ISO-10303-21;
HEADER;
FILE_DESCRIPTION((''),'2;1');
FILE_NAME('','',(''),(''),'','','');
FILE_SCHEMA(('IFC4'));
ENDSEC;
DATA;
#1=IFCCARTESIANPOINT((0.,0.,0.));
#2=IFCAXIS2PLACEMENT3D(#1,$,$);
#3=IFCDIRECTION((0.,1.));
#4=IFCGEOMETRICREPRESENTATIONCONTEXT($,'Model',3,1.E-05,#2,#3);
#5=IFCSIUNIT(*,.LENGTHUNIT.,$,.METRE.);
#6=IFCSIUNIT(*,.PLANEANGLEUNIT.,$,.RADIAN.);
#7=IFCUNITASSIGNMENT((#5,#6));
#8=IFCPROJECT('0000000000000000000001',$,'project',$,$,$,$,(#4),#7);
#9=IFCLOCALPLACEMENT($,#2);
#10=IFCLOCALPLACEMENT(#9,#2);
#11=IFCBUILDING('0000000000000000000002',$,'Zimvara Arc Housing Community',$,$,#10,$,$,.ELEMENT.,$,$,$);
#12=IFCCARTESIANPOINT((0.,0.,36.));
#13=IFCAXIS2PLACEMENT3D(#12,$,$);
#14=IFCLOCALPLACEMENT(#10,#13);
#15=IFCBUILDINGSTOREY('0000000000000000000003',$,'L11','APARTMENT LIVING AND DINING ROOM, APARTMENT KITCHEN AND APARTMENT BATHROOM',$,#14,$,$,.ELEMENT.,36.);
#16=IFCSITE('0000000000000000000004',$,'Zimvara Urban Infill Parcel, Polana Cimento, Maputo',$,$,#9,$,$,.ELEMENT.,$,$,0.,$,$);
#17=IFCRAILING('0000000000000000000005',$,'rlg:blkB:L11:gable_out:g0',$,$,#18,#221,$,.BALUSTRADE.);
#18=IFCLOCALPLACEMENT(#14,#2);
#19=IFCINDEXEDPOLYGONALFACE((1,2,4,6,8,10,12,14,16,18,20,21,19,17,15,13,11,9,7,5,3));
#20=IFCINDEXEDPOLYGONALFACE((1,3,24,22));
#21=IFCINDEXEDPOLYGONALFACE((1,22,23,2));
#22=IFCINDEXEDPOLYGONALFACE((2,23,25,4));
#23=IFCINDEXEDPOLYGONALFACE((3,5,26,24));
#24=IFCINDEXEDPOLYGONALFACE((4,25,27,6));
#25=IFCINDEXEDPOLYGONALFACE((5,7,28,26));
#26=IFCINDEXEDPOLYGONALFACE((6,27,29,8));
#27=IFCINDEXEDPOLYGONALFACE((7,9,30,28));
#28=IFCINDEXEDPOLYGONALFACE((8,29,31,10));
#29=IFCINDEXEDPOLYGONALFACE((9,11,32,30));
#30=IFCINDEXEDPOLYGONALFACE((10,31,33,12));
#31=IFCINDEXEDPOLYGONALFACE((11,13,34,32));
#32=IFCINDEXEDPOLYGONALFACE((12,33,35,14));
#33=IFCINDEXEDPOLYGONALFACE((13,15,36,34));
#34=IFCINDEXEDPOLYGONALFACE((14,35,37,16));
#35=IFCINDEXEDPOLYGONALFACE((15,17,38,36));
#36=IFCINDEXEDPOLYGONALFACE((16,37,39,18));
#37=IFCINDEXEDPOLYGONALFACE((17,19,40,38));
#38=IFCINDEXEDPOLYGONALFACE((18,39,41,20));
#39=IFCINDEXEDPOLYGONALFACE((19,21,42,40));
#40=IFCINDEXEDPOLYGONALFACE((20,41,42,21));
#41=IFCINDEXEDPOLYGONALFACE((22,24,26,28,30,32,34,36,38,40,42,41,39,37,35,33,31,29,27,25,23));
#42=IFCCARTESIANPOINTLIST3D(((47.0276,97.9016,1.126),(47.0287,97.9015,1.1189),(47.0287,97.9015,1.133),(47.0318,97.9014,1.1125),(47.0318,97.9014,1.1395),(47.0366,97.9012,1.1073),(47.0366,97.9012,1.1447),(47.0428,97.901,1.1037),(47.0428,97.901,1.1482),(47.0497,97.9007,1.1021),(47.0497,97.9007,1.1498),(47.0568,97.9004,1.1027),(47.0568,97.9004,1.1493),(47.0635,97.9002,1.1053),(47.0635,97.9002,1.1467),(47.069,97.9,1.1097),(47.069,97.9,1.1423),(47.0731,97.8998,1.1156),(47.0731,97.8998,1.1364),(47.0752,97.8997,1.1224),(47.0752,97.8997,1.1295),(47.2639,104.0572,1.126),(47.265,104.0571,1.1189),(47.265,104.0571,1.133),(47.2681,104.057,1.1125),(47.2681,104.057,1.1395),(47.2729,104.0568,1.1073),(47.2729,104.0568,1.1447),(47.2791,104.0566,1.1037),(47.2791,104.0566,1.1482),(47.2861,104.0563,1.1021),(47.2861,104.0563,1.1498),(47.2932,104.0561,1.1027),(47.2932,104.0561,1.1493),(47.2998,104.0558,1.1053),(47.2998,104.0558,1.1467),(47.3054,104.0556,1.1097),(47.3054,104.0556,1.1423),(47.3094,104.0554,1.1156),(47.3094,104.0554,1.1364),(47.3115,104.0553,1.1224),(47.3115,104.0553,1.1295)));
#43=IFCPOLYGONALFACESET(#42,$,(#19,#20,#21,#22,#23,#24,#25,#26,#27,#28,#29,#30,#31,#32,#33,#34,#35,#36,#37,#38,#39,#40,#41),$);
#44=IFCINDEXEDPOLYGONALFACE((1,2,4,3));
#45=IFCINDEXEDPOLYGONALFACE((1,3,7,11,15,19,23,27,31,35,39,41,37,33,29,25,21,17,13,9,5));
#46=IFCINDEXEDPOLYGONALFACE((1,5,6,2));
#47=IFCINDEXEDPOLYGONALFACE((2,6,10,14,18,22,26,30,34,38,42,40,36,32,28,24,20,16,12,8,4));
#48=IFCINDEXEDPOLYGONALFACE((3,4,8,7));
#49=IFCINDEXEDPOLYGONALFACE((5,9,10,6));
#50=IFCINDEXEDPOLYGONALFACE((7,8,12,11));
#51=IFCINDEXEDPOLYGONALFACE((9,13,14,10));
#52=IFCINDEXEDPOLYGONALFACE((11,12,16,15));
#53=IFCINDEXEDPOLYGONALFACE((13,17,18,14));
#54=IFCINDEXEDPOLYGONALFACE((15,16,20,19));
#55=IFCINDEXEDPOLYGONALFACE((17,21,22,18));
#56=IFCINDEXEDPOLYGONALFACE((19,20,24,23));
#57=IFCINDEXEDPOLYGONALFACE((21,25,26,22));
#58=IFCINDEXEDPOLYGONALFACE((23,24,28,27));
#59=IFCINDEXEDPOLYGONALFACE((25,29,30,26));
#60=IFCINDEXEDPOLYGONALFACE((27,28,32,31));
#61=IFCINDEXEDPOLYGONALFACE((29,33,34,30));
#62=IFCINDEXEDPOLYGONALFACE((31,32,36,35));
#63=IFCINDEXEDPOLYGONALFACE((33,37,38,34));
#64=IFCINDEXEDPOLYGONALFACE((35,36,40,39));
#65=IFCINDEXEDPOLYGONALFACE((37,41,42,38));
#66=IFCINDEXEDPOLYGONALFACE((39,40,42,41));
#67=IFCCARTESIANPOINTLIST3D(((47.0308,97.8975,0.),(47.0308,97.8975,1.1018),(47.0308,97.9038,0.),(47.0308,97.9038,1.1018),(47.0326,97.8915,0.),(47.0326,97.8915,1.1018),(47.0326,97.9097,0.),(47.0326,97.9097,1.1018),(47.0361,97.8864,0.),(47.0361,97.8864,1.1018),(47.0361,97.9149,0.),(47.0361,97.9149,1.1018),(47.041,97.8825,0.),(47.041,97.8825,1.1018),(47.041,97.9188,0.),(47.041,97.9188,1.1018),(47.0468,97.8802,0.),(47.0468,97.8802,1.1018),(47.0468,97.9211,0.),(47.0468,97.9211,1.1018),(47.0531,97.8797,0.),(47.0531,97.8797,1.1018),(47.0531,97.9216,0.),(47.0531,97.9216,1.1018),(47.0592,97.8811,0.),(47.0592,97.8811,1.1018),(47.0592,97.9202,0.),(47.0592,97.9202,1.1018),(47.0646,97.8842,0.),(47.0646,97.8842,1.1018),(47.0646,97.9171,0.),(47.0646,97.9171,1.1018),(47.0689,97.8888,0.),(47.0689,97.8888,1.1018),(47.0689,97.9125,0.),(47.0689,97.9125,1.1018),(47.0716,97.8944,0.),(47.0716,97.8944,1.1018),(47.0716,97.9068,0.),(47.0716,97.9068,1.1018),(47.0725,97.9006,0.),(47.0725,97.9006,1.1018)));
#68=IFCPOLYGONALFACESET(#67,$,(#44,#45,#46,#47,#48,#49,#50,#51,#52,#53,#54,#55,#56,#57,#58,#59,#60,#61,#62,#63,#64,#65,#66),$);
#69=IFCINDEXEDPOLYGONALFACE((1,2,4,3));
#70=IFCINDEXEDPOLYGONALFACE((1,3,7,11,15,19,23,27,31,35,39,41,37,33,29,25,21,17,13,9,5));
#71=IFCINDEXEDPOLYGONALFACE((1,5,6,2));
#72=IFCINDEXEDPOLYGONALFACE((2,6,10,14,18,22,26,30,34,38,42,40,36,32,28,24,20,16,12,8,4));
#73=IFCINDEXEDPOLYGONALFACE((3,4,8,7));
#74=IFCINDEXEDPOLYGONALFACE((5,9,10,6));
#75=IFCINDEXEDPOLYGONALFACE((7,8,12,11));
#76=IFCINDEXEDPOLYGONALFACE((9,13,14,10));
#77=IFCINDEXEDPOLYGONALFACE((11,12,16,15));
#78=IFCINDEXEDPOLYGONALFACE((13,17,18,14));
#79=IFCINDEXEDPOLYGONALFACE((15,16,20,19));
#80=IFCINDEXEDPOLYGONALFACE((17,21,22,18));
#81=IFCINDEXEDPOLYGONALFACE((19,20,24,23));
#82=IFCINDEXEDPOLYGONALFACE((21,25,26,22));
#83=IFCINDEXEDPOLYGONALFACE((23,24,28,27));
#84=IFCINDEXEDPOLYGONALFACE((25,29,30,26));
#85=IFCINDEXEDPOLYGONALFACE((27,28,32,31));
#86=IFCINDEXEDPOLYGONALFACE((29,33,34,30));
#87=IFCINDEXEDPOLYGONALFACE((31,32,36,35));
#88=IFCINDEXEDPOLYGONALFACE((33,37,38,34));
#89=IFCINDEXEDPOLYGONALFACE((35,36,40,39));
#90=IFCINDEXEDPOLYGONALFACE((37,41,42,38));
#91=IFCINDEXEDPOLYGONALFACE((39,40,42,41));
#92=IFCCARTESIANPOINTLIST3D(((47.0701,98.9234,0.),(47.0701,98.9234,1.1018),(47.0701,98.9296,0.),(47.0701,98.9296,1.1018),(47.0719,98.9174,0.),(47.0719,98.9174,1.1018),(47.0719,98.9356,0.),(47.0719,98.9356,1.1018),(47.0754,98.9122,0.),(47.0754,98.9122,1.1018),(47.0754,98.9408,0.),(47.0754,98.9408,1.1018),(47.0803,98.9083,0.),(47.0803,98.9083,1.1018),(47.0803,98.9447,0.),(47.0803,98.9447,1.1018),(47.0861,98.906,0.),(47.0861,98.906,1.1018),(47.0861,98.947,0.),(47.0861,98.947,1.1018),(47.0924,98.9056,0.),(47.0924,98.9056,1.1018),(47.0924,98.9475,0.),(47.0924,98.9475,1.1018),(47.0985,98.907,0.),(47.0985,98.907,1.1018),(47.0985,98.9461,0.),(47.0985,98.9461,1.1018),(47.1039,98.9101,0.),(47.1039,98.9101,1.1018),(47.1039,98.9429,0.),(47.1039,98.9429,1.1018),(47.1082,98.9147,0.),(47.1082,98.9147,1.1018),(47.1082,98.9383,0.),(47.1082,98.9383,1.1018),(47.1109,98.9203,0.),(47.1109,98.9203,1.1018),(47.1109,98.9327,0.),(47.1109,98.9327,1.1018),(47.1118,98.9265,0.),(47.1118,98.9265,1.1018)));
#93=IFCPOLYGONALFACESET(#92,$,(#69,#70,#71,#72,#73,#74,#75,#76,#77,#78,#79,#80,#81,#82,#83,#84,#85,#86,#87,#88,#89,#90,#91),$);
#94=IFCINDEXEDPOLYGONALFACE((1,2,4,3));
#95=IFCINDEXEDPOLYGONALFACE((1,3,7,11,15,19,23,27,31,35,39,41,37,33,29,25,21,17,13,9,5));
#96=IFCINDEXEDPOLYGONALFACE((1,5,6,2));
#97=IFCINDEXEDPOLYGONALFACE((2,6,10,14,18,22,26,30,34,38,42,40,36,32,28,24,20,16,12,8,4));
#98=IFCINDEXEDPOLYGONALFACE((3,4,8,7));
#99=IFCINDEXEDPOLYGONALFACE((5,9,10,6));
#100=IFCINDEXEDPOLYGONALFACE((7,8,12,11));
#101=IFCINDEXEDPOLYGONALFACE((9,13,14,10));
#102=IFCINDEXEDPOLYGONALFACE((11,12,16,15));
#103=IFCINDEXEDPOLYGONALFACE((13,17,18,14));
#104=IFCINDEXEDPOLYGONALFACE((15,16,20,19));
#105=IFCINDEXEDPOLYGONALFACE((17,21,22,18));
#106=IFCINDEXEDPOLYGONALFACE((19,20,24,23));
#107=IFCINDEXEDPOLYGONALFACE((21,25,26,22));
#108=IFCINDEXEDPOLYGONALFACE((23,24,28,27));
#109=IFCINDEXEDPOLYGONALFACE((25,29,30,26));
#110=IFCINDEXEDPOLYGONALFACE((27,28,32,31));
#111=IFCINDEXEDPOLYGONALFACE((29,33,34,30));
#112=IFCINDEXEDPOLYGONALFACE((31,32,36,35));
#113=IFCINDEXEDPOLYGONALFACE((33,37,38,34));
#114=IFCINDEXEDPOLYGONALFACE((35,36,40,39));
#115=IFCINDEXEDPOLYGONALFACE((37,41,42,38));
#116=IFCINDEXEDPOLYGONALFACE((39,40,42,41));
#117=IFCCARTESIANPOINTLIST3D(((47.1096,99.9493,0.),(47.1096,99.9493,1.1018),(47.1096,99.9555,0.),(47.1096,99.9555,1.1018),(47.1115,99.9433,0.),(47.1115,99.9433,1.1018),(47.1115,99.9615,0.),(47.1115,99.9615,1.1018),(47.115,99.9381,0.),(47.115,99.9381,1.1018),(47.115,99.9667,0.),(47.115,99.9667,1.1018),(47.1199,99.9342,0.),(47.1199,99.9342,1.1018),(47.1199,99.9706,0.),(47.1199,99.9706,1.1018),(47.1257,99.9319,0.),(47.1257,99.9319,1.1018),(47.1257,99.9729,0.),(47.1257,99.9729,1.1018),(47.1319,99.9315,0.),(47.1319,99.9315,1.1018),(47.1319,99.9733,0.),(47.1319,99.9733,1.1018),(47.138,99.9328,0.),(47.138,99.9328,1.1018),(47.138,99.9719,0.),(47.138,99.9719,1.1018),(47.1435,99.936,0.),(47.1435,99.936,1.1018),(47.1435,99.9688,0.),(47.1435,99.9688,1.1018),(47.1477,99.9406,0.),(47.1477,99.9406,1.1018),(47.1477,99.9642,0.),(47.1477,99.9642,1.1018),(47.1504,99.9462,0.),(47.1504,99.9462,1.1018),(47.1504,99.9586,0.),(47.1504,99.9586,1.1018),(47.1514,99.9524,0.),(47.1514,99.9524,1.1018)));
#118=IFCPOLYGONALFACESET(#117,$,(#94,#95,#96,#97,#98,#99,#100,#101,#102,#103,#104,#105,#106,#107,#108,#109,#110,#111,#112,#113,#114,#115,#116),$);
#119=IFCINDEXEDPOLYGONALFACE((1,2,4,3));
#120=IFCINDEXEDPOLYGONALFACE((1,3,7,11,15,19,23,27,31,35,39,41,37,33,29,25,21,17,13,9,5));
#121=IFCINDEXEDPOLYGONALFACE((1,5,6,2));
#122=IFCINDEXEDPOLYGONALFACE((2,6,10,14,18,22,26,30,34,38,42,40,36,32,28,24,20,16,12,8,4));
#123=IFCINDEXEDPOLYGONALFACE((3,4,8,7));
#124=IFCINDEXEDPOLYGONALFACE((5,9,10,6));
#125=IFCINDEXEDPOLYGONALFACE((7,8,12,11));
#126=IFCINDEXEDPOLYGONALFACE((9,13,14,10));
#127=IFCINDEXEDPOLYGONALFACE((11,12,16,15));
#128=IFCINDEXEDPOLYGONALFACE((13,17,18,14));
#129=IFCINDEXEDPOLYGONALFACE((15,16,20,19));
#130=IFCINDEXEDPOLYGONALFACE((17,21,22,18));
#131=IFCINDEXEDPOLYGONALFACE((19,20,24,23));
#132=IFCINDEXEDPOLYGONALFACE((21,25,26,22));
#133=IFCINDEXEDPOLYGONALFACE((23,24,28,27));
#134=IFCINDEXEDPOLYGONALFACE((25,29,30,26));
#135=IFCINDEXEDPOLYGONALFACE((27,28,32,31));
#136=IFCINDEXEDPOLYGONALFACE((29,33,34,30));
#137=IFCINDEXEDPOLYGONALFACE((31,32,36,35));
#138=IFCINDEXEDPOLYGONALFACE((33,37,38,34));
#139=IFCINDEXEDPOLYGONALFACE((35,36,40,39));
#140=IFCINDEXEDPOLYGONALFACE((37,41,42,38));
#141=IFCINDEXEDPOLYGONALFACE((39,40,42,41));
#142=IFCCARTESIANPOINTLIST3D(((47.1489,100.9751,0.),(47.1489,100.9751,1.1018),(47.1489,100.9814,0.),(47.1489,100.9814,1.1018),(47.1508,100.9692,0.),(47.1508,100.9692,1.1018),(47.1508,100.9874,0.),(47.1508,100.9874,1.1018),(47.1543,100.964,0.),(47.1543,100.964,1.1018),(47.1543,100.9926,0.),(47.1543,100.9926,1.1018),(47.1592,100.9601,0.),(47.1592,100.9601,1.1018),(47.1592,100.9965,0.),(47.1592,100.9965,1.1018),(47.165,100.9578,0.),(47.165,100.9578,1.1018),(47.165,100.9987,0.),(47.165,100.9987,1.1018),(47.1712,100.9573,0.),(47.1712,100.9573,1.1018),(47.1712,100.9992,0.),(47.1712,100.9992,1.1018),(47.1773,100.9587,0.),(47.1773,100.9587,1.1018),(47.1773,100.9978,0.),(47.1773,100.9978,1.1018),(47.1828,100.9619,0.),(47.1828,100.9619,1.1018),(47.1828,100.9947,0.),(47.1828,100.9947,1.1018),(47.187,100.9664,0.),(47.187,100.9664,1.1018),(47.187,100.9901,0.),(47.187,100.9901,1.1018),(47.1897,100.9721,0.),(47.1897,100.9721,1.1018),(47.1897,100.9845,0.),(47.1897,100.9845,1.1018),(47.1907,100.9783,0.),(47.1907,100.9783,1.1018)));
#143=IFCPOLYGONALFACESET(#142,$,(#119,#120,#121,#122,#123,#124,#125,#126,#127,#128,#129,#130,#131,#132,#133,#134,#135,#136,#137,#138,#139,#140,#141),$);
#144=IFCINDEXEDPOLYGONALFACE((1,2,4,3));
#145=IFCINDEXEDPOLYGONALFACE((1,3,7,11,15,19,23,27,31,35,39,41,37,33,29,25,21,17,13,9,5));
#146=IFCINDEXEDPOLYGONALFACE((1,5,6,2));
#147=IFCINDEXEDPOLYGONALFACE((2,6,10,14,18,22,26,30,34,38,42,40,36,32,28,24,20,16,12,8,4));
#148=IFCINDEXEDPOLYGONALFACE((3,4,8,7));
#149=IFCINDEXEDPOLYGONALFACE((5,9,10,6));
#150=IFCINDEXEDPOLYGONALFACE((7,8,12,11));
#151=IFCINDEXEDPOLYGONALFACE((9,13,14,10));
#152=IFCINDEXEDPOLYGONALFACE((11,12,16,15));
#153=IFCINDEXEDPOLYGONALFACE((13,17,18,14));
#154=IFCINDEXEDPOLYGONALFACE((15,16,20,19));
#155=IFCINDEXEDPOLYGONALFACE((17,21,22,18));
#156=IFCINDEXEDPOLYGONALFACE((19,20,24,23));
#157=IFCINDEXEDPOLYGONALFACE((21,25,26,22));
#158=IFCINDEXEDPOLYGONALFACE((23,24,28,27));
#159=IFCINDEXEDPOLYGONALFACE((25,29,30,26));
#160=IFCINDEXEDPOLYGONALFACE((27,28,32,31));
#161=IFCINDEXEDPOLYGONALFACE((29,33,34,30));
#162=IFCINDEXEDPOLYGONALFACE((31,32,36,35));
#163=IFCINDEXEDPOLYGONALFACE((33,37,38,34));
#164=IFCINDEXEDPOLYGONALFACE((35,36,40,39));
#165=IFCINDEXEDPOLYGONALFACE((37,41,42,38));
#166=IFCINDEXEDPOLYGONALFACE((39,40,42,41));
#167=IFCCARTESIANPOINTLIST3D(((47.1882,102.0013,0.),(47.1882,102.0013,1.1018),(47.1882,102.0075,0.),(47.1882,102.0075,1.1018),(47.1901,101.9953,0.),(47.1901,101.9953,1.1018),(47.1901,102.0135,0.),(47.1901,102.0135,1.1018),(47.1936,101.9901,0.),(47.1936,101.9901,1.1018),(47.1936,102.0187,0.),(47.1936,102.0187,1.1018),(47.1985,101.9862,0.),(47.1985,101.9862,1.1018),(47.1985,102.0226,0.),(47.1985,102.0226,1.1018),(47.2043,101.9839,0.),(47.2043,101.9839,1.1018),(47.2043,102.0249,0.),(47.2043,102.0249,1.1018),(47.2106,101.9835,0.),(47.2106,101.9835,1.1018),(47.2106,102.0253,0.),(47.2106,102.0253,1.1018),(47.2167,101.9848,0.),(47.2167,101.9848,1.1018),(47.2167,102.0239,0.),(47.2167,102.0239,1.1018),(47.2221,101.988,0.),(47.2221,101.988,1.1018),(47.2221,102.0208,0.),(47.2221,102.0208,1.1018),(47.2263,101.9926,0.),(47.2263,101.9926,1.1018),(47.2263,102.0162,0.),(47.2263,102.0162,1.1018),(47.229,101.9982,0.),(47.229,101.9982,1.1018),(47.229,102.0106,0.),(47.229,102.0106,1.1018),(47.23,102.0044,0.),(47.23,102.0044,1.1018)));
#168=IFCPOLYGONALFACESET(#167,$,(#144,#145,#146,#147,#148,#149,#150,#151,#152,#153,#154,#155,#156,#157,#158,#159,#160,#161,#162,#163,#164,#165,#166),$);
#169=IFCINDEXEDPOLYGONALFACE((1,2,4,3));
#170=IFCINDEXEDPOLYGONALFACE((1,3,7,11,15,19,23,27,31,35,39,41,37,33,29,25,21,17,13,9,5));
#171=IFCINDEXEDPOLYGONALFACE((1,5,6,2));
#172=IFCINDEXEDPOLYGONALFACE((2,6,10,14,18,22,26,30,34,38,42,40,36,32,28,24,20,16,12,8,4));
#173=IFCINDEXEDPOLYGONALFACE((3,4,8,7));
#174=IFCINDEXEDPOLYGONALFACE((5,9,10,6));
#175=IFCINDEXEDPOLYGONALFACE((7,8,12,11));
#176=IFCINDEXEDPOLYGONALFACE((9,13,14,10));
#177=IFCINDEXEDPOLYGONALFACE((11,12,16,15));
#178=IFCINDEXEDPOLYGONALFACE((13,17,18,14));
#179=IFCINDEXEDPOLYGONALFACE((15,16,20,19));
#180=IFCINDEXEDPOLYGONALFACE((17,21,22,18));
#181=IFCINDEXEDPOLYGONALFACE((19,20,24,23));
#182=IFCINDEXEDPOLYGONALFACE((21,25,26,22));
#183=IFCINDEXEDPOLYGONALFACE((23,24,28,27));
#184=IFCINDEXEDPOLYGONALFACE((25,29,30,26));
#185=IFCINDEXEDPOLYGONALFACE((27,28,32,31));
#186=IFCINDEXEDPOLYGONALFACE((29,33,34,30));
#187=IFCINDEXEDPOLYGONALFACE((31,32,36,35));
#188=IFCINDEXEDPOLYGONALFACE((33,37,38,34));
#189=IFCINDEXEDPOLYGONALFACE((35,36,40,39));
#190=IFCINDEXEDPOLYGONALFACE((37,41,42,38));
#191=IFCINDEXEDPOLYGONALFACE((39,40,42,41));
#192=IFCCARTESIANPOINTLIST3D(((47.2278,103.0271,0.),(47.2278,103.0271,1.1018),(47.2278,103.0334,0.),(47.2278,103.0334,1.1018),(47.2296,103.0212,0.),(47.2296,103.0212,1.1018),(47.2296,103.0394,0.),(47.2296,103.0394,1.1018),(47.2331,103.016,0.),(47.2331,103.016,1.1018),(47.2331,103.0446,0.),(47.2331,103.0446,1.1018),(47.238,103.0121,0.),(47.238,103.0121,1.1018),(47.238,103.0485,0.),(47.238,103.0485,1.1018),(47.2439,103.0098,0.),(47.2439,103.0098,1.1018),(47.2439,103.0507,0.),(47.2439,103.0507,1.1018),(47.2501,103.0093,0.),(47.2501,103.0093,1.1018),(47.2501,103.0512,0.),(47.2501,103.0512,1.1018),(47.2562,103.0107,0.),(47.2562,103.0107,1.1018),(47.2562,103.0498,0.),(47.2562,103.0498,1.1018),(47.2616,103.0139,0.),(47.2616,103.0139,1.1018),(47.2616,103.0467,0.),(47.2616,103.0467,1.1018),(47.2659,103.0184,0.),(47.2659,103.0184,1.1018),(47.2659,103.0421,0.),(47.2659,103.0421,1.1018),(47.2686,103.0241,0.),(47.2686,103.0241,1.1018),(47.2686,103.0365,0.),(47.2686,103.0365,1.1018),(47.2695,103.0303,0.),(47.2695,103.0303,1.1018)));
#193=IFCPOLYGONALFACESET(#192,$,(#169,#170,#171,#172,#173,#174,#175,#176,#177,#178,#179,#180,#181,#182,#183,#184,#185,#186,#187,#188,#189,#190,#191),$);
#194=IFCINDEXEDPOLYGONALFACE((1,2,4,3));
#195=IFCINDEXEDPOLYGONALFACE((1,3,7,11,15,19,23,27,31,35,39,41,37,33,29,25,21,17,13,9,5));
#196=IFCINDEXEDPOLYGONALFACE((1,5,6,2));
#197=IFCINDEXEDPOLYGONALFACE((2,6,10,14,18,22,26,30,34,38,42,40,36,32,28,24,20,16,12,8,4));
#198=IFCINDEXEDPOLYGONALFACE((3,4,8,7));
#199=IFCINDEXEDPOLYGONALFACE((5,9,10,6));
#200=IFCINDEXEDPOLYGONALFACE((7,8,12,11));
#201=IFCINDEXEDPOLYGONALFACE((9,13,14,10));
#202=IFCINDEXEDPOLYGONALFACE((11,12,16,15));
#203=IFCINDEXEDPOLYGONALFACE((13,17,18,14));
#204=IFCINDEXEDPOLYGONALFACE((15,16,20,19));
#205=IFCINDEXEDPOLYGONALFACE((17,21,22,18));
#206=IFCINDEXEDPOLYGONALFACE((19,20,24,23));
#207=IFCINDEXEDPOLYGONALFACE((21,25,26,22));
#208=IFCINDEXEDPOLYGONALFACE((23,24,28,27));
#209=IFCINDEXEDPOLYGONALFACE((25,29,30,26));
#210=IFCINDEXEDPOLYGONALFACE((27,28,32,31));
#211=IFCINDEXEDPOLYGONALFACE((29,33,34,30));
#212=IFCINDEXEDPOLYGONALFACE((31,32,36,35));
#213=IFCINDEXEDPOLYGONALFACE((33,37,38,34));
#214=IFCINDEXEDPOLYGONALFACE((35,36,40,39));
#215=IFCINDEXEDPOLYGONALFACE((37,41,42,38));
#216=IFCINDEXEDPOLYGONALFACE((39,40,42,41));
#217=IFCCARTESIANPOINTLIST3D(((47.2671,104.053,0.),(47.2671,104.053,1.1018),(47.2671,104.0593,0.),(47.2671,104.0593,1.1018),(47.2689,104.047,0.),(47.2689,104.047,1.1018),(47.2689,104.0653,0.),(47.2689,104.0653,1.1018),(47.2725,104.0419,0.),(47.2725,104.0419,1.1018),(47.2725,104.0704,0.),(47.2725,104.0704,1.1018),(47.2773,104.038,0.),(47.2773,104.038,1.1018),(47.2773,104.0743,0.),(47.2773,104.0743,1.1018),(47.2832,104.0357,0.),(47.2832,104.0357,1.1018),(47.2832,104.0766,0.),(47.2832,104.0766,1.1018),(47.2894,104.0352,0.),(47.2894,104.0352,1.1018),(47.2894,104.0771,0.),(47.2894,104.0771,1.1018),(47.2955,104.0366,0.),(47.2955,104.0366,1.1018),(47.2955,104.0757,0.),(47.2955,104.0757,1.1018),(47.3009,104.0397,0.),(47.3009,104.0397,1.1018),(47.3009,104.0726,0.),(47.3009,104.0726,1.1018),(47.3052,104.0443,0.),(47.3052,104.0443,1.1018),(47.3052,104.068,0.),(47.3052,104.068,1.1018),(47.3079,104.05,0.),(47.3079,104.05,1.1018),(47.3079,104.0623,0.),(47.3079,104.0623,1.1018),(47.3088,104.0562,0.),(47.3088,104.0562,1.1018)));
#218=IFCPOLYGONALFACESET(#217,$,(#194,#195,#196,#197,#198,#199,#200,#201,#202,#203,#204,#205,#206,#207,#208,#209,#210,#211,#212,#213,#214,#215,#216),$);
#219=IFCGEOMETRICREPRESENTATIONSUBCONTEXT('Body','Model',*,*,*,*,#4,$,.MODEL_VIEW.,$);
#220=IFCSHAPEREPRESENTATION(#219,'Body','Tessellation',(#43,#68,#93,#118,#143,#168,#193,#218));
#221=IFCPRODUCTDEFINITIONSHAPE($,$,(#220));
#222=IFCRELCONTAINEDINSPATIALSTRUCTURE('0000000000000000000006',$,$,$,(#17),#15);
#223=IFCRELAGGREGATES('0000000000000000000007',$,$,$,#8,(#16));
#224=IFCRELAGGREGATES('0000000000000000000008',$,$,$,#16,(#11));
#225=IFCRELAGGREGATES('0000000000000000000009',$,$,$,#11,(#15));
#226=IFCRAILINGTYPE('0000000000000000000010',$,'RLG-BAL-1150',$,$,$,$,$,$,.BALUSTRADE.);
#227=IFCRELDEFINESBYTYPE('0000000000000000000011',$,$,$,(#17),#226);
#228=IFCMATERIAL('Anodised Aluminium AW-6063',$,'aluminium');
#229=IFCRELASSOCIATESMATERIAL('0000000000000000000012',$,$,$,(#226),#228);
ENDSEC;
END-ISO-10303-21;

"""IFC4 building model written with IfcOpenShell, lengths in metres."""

from ifc_helpers import new_model, si_unit, direction, frame, origin, origin_2d, place, context, subcontext, project, spatial, circle, extrude, material, type_object, element, save


model = new_model("IFC4")

# Units and contexts
model_context = context("Model", 3, precision=1e-05, world=origin(), true_north=direction((0.0, 1.0)))
body_context = subcontext(model_context, "Body", "Model", "MODEL_VIEW")
ifc_project = project(units=[si_unit("LENGTHUNIT", "METRE"), si_unit("PLANEANGLEUNIT", "RADIAN")], contexts=[model_context])

# Site, building, storey
site_placement = place(None, origin())
site = spatial("IfcSite", under=ifc_project, at=site_placement, Name="Zimvara Urban Infill Parcel, Polana Cimento, Maputo", CompositionType="ELEMENT", RefElevation=0.0)
building_placement = place(site_placement, origin())
building = spatial("IfcBuilding", under=site, at=building_placement, Name="Zimvara Arc Housing Community", CompositionType="ELEMENT")
storey_placement = place(building_placement, frame((0.0, 0.0, 36.0)))
storey = spatial("IfcBuildingStorey", under=building, at=storey_placement, Name="L11", Description="APARTMENT LIVING AND DINING ROOM, APARTMENT KITCHEN AND APARTMENT BATHROOM", CompositionType="ELEMENT", Elevation=36.0)

# Railing
ifc_material_1 = material(Name="Anodised Aluminium AW-6063", Category="aluminium")
railing_type = type_object("IfcRailingType", Name="RLG-BAL-1150", PredefinedType="BALUSTRADE", material=ifc_material_1)
railing_placement = place(storey_placement, frame((47.0515, 97.9006, 0.0)))
element("IfcRailing", 1, at=railing_placement, inside=storey, type_object=railing_type, Name="rlg:blkB:L11:gable_out:g0", PredefinedType="BALUSTRADE", context=body_context, shape_type="SweptSolid", body=[
    extrude(circle(Radius=0.0239, at=origin_2d()), frame((0.0, 0.0, 1.126), z_axis=(0.038365, 0.999264, 0.0), x_axis=(-0.999264, 0.038365, 0.0)), (0.0, 0.0, 1.0), 6.1602),
    extrude(circle(Radius=0.021, at=origin_2d()), origin(), (0.0, 0.0, 1.0), 1.1018),
    extrude(circle(Radius=0.021, at=origin_2d()), frame((0.0393, 1.0259, 0.0)), (0.0, 0.0, 1.0), 1.1018),
    extrude(circle(Radius=0.021, at=origin_2d()), frame((0.0789, 2.0518, 0.0)), (0.0, 0.0, 1.0), 1.1018),
    extrude(circle(Radius=0.021, at=origin_2d()), frame((0.1182, 3.0776, 0.0)), (0.0, 0.0, 1.0), 1.1018),
    extrude(circle(Radius=0.021, at=origin_2d()), frame((0.1575, 4.1038, 0.0)), (0.0, 0.0, 1.0), 1.1018),
    extrude(circle(Radius=0.021, at=origin_2d()), frame((0.197, 5.1296, 0.0)), (0.0, 0.0, 1.0), 1.1018),
    extrude(circle(Radius=0.021, at=origin_2d()), frame((0.2363, 6.1555, 0.0)), (0.0, 0.0, 1.0), 1.1018),
])

save(model, "model.ifc")
